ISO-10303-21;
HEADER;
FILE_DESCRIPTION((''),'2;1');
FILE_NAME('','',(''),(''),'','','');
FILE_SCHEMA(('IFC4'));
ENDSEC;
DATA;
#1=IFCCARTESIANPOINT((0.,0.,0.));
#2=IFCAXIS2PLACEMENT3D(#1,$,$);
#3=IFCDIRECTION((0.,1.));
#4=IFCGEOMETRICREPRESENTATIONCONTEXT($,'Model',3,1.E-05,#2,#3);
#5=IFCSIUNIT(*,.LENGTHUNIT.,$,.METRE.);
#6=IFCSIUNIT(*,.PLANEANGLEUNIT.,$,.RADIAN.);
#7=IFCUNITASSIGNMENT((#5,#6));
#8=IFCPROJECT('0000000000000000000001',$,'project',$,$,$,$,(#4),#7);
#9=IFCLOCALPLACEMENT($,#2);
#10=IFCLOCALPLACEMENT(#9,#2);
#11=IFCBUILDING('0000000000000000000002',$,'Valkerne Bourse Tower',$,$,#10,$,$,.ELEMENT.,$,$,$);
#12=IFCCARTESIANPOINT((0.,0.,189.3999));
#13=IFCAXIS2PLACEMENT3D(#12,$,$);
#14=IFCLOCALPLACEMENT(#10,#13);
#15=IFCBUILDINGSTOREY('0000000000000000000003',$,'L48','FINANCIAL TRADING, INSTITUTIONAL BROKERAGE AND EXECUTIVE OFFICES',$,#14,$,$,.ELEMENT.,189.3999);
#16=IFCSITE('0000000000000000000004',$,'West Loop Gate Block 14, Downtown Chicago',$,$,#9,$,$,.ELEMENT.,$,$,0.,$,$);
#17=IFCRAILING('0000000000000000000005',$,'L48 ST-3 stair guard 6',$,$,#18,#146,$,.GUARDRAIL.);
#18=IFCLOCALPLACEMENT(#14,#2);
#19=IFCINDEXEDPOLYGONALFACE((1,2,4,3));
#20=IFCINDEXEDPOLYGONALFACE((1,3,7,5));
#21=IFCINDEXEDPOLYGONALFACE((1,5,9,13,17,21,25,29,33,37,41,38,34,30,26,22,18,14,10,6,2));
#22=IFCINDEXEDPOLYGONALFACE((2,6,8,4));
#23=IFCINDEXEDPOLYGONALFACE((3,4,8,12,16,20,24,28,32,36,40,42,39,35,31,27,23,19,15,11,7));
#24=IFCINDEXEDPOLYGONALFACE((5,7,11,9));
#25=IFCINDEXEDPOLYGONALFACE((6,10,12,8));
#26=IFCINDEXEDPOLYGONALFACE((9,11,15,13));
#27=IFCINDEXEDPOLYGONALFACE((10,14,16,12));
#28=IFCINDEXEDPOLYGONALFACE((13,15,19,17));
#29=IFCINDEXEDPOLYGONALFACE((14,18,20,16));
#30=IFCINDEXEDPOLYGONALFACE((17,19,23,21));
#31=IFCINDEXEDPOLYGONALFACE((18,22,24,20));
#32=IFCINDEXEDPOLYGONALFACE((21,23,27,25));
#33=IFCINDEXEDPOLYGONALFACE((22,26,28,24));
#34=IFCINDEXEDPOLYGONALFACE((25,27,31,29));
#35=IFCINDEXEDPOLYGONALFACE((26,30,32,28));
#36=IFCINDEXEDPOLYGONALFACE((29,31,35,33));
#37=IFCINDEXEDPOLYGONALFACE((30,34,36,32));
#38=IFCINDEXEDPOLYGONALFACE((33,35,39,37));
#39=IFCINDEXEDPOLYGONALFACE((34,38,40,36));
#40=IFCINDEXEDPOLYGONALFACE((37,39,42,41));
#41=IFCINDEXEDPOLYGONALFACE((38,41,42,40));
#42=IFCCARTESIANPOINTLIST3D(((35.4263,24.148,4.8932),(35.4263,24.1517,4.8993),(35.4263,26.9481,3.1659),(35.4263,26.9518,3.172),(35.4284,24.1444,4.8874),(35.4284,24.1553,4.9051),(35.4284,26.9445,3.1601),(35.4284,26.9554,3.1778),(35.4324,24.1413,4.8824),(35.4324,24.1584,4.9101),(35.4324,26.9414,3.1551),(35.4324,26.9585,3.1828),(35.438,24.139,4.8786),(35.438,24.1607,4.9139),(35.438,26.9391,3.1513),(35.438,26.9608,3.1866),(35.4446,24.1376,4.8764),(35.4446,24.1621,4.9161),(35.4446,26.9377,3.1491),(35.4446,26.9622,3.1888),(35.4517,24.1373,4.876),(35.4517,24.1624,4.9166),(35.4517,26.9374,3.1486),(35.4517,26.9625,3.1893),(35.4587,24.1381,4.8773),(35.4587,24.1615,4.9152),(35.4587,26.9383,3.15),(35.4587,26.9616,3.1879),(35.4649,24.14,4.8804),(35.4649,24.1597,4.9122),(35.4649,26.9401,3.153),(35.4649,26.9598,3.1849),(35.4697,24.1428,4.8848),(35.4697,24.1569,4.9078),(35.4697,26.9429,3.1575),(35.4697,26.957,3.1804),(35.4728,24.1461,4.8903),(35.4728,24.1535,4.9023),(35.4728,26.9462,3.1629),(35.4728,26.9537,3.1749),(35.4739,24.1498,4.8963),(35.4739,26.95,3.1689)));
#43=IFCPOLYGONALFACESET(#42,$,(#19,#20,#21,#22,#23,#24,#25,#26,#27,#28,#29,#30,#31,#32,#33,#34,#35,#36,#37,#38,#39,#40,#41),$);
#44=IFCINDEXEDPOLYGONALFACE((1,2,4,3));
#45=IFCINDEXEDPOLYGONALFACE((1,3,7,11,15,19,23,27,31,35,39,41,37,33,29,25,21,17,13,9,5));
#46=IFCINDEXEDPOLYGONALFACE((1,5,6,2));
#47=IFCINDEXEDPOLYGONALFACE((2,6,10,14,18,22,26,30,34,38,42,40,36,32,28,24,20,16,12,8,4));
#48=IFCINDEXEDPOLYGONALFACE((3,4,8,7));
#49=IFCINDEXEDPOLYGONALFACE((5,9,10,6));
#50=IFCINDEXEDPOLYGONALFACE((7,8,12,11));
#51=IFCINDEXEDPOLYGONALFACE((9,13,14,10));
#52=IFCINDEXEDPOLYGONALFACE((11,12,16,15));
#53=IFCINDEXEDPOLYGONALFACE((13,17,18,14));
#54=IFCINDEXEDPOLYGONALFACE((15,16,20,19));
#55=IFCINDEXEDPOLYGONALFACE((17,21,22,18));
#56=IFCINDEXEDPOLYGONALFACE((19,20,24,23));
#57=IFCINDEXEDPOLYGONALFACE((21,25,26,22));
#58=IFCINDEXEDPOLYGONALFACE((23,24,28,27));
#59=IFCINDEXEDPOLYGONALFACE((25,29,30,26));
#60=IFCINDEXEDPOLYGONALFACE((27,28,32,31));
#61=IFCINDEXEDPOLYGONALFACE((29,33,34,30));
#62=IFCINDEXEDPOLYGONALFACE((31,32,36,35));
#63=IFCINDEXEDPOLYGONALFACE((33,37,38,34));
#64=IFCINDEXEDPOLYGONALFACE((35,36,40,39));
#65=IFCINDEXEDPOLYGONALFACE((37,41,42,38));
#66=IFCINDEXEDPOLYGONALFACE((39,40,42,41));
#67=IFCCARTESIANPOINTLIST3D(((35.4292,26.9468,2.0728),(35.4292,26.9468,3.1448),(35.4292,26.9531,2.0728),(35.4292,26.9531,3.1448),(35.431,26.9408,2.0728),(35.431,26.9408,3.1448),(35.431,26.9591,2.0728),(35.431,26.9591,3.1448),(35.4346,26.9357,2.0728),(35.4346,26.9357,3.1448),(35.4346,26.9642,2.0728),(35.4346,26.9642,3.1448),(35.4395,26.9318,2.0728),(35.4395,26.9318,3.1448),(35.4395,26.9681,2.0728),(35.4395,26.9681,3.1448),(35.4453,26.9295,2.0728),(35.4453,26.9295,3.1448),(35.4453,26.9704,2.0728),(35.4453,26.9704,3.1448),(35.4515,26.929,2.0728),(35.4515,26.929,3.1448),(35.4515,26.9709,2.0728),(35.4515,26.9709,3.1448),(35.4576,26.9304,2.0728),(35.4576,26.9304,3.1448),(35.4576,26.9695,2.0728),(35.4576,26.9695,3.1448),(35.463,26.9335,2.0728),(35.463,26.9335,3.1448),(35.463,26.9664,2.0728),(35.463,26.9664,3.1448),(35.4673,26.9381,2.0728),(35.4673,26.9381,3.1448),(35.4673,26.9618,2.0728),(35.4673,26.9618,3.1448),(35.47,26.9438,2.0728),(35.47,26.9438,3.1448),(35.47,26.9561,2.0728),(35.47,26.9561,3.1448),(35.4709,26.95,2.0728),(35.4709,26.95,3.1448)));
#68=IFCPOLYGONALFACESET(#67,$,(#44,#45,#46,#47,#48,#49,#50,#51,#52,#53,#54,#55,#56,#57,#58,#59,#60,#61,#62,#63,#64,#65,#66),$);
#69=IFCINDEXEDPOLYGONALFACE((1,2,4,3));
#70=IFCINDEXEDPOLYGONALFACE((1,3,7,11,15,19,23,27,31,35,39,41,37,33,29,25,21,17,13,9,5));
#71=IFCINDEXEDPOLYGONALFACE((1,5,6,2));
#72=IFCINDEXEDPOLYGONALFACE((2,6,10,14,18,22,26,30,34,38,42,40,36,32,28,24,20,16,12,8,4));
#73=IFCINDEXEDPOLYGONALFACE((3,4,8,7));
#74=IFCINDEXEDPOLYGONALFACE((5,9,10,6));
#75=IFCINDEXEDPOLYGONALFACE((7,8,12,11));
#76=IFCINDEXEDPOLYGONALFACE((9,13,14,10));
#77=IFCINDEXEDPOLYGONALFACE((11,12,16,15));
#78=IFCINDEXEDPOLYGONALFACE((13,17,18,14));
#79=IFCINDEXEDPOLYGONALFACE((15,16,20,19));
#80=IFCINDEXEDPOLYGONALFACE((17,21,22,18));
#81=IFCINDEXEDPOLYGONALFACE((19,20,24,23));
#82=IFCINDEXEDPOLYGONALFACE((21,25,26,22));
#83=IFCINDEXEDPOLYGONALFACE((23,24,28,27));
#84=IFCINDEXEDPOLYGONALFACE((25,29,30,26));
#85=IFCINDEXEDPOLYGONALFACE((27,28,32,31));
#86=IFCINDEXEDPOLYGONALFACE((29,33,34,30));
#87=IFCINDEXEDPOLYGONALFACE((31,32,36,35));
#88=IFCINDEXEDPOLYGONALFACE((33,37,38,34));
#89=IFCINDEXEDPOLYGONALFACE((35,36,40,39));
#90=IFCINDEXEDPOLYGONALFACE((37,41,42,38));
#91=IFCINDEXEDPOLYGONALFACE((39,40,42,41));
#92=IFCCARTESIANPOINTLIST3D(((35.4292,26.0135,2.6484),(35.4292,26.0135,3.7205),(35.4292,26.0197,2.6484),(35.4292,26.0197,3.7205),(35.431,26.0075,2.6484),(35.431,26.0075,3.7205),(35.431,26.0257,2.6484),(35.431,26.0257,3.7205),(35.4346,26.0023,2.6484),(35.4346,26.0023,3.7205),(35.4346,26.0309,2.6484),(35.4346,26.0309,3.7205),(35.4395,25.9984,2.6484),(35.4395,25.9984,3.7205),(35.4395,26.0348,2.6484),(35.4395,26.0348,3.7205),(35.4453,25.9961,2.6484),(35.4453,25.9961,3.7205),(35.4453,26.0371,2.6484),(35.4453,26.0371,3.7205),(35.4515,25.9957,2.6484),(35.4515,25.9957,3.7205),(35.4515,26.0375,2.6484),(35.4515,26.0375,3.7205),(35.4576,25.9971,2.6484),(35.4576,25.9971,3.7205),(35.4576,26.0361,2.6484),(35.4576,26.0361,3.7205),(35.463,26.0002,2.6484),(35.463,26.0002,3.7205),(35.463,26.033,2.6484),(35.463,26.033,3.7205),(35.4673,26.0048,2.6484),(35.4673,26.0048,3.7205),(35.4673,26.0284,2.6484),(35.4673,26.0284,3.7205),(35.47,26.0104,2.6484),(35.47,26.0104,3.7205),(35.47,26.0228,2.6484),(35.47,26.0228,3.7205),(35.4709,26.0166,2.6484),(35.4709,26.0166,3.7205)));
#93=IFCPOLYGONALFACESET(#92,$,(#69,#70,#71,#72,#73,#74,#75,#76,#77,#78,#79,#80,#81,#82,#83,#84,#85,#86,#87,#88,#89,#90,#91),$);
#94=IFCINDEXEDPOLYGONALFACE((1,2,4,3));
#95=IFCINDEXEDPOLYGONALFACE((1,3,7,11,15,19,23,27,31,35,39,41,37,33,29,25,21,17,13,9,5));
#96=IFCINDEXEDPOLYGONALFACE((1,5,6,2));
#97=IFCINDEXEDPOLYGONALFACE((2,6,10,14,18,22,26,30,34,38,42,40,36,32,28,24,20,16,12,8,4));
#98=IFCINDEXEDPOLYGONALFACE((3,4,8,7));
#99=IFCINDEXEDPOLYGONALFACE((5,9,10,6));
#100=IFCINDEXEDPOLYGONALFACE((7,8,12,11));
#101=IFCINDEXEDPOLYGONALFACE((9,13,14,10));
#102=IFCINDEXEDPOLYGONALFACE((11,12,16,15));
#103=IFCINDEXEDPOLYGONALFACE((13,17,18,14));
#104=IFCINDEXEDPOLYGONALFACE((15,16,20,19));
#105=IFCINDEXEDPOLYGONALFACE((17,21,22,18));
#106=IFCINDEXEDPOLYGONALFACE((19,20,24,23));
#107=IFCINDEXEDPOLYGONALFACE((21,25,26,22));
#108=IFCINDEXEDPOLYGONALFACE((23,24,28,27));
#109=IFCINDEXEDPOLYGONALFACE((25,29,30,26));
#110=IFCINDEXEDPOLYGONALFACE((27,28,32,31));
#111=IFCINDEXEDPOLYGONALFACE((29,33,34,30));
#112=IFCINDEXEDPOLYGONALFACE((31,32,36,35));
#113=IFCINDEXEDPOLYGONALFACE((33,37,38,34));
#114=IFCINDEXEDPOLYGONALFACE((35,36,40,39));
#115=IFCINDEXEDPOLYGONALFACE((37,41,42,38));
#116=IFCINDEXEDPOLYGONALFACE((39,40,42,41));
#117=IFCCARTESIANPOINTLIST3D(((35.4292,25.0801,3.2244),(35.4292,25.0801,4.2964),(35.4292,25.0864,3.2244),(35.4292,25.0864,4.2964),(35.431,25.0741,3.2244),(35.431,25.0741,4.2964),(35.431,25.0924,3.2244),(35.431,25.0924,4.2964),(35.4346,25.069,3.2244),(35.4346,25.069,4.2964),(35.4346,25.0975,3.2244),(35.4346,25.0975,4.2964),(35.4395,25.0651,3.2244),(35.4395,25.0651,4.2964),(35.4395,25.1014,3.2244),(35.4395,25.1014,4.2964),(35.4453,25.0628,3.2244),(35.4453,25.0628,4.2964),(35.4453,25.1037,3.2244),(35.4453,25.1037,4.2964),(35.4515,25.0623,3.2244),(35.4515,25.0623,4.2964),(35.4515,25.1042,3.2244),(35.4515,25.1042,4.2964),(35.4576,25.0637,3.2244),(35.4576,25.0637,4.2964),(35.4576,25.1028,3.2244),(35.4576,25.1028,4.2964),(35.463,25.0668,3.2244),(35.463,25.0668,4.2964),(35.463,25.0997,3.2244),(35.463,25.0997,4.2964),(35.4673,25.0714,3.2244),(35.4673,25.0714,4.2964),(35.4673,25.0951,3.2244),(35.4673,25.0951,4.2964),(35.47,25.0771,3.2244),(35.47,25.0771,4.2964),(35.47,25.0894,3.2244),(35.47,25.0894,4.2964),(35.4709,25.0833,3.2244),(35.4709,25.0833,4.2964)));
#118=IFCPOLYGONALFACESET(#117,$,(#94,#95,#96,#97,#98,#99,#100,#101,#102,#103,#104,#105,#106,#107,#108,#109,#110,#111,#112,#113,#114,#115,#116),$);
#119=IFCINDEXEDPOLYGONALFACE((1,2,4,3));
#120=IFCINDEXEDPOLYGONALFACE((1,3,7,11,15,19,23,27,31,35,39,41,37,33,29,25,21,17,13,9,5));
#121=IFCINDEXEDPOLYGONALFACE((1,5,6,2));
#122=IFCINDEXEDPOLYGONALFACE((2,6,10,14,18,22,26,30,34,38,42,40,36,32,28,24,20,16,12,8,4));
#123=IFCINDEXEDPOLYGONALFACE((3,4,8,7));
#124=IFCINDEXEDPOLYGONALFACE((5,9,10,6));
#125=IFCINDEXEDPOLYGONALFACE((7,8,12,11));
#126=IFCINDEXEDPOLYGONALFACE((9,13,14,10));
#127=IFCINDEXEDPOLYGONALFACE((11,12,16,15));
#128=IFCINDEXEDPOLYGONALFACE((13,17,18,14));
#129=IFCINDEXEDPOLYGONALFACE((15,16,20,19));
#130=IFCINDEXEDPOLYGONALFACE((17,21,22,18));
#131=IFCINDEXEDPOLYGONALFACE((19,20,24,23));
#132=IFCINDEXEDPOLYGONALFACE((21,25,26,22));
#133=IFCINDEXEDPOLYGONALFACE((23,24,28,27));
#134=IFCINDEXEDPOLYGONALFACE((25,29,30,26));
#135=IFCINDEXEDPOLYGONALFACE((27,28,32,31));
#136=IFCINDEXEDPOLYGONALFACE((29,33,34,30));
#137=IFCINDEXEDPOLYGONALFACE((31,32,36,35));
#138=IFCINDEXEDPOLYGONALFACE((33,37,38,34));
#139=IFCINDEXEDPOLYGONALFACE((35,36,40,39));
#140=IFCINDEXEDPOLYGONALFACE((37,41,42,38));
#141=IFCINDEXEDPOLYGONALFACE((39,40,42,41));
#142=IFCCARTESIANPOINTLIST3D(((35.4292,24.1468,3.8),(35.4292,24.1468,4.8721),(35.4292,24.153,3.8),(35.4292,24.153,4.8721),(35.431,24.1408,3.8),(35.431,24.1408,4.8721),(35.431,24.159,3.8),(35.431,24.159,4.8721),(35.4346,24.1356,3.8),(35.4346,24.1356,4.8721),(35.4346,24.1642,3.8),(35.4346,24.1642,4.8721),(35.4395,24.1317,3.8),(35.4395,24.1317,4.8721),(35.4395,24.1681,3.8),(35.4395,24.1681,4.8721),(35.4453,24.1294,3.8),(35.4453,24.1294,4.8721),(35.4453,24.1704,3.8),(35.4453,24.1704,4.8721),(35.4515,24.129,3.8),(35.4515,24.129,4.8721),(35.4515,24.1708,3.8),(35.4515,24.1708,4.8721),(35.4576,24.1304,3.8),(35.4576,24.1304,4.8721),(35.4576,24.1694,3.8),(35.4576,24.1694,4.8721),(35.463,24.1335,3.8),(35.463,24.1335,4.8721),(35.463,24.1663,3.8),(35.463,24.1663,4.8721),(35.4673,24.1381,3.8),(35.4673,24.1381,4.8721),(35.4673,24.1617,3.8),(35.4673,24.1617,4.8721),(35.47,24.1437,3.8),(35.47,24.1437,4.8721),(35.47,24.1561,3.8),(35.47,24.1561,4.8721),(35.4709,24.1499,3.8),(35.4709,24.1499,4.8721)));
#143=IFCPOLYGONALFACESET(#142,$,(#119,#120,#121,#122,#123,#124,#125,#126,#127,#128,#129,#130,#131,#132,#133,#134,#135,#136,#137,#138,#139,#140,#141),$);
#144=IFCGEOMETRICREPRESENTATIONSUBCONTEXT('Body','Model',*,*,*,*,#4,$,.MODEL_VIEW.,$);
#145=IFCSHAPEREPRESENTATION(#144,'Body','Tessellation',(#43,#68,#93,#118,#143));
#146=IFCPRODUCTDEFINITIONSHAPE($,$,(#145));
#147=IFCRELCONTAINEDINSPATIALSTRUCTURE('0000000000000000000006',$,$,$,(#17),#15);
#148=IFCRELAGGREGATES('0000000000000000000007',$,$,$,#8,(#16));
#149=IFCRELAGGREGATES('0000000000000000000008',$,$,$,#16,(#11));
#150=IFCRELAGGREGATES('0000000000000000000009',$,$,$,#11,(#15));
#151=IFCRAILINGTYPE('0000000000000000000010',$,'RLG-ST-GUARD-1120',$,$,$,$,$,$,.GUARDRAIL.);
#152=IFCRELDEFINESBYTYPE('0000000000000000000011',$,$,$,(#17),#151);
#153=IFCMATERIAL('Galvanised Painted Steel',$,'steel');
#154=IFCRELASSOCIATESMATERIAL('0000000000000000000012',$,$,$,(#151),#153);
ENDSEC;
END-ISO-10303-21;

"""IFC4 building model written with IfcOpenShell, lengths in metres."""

from ifc_helpers import new_model, si_unit, direction, frame, origin, origin_2d, place, context, subcontext, project, spatial, circle, extrude, material, type_object, element, save


model = new_model("IFC4")

# Units and contexts
model_context = context("Model", 3, precision=1e-05, world=origin(), true_north=direction((0.0, 1.0)))
body_context = subcontext(model_context, "Body", "Model", "MODEL_VIEW")
ifc_project = project(units=[si_unit("LENGTHUNIT", "METRE"), si_unit("PLANEANGLEUNIT", "RADIAN")], contexts=[model_context])

# Site, building, storey
site_placement = place(None, origin())
site = spatial("IfcSite", under=ifc_project, at=site_placement, Name="West Loop Gate Block 14, Downtown Chicago", CompositionType="ELEMENT", RefElevation=0.0)
building_placement = place(site_placement, origin())
building = spatial("IfcBuilding", under=site, at=building_placement, Name="Valkerne Bourse Tower", CompositionType="ELEMENT")
storey_placement = place(building_placement, frame((0.0, 0.0, 189.3999)))
storey = spatial("IfcBuildingStorey", under=building, at=storey_placement, Name="L48", Description="FINANCIAL TRADING, INSTITUTIONAL BROKERAGE AND EXECUTIVE OFFICES", CompositionType="ELEMENT", Elevation=189.3999)

# Railing
ifc_material_1 = material(Name="Galvanised Painted Steel", Category="steel")
railing_type_1 = type_object("IfcRailingType", Name="RLG-ST-GUARD-1120", PredefinedType="GUARDRAIL", material=ifc_material_1)
railing_1_placement = place(storey_placement, frame((35.45, 26.95, 2.0728)))
element("IfcRailing", 1, at=railing_1_placement, inside=storey, type_object=railing_type_1, Name="L48 ST-3 stair guard 6", PredefinedType="GUARDRAIL", context=body_context, shape_type="SweptSolid", body=[
    extrude(circle(Radius=0.0239, at=origin_2d()), frame((0.0, 0.0, 1.0962), z_axis=(0.0, -0.85109, 0.52502), x_axis=(1.0, 0.0, 0.0)), (0.0, 0.0, 1.0), 3.29),
    extrude(circle(Radius=0.021, at=origin_2d()), origin(), (0.0, 0.0, 1.0), 1.072),
    extrude(circle(Radius=0.021, at=origin_2d()), frame((0.0, -0.9333, 0.5757)), (0.0, 0.0, 1.0), 1.072),
    extrude(circle(Radius=0.021, at=origin_2d()), frame((0.0, -1.8667, 1.1516)), (0.0, 0.0, 1.0), 1.072),
    extrude(circle(Radius=0.021, at=origin_2d()), frame((0.0, -2.8, 1.7273)), (0.0, 0.0, 1.0), 1.072),
])

save(model, "model.ifc")
